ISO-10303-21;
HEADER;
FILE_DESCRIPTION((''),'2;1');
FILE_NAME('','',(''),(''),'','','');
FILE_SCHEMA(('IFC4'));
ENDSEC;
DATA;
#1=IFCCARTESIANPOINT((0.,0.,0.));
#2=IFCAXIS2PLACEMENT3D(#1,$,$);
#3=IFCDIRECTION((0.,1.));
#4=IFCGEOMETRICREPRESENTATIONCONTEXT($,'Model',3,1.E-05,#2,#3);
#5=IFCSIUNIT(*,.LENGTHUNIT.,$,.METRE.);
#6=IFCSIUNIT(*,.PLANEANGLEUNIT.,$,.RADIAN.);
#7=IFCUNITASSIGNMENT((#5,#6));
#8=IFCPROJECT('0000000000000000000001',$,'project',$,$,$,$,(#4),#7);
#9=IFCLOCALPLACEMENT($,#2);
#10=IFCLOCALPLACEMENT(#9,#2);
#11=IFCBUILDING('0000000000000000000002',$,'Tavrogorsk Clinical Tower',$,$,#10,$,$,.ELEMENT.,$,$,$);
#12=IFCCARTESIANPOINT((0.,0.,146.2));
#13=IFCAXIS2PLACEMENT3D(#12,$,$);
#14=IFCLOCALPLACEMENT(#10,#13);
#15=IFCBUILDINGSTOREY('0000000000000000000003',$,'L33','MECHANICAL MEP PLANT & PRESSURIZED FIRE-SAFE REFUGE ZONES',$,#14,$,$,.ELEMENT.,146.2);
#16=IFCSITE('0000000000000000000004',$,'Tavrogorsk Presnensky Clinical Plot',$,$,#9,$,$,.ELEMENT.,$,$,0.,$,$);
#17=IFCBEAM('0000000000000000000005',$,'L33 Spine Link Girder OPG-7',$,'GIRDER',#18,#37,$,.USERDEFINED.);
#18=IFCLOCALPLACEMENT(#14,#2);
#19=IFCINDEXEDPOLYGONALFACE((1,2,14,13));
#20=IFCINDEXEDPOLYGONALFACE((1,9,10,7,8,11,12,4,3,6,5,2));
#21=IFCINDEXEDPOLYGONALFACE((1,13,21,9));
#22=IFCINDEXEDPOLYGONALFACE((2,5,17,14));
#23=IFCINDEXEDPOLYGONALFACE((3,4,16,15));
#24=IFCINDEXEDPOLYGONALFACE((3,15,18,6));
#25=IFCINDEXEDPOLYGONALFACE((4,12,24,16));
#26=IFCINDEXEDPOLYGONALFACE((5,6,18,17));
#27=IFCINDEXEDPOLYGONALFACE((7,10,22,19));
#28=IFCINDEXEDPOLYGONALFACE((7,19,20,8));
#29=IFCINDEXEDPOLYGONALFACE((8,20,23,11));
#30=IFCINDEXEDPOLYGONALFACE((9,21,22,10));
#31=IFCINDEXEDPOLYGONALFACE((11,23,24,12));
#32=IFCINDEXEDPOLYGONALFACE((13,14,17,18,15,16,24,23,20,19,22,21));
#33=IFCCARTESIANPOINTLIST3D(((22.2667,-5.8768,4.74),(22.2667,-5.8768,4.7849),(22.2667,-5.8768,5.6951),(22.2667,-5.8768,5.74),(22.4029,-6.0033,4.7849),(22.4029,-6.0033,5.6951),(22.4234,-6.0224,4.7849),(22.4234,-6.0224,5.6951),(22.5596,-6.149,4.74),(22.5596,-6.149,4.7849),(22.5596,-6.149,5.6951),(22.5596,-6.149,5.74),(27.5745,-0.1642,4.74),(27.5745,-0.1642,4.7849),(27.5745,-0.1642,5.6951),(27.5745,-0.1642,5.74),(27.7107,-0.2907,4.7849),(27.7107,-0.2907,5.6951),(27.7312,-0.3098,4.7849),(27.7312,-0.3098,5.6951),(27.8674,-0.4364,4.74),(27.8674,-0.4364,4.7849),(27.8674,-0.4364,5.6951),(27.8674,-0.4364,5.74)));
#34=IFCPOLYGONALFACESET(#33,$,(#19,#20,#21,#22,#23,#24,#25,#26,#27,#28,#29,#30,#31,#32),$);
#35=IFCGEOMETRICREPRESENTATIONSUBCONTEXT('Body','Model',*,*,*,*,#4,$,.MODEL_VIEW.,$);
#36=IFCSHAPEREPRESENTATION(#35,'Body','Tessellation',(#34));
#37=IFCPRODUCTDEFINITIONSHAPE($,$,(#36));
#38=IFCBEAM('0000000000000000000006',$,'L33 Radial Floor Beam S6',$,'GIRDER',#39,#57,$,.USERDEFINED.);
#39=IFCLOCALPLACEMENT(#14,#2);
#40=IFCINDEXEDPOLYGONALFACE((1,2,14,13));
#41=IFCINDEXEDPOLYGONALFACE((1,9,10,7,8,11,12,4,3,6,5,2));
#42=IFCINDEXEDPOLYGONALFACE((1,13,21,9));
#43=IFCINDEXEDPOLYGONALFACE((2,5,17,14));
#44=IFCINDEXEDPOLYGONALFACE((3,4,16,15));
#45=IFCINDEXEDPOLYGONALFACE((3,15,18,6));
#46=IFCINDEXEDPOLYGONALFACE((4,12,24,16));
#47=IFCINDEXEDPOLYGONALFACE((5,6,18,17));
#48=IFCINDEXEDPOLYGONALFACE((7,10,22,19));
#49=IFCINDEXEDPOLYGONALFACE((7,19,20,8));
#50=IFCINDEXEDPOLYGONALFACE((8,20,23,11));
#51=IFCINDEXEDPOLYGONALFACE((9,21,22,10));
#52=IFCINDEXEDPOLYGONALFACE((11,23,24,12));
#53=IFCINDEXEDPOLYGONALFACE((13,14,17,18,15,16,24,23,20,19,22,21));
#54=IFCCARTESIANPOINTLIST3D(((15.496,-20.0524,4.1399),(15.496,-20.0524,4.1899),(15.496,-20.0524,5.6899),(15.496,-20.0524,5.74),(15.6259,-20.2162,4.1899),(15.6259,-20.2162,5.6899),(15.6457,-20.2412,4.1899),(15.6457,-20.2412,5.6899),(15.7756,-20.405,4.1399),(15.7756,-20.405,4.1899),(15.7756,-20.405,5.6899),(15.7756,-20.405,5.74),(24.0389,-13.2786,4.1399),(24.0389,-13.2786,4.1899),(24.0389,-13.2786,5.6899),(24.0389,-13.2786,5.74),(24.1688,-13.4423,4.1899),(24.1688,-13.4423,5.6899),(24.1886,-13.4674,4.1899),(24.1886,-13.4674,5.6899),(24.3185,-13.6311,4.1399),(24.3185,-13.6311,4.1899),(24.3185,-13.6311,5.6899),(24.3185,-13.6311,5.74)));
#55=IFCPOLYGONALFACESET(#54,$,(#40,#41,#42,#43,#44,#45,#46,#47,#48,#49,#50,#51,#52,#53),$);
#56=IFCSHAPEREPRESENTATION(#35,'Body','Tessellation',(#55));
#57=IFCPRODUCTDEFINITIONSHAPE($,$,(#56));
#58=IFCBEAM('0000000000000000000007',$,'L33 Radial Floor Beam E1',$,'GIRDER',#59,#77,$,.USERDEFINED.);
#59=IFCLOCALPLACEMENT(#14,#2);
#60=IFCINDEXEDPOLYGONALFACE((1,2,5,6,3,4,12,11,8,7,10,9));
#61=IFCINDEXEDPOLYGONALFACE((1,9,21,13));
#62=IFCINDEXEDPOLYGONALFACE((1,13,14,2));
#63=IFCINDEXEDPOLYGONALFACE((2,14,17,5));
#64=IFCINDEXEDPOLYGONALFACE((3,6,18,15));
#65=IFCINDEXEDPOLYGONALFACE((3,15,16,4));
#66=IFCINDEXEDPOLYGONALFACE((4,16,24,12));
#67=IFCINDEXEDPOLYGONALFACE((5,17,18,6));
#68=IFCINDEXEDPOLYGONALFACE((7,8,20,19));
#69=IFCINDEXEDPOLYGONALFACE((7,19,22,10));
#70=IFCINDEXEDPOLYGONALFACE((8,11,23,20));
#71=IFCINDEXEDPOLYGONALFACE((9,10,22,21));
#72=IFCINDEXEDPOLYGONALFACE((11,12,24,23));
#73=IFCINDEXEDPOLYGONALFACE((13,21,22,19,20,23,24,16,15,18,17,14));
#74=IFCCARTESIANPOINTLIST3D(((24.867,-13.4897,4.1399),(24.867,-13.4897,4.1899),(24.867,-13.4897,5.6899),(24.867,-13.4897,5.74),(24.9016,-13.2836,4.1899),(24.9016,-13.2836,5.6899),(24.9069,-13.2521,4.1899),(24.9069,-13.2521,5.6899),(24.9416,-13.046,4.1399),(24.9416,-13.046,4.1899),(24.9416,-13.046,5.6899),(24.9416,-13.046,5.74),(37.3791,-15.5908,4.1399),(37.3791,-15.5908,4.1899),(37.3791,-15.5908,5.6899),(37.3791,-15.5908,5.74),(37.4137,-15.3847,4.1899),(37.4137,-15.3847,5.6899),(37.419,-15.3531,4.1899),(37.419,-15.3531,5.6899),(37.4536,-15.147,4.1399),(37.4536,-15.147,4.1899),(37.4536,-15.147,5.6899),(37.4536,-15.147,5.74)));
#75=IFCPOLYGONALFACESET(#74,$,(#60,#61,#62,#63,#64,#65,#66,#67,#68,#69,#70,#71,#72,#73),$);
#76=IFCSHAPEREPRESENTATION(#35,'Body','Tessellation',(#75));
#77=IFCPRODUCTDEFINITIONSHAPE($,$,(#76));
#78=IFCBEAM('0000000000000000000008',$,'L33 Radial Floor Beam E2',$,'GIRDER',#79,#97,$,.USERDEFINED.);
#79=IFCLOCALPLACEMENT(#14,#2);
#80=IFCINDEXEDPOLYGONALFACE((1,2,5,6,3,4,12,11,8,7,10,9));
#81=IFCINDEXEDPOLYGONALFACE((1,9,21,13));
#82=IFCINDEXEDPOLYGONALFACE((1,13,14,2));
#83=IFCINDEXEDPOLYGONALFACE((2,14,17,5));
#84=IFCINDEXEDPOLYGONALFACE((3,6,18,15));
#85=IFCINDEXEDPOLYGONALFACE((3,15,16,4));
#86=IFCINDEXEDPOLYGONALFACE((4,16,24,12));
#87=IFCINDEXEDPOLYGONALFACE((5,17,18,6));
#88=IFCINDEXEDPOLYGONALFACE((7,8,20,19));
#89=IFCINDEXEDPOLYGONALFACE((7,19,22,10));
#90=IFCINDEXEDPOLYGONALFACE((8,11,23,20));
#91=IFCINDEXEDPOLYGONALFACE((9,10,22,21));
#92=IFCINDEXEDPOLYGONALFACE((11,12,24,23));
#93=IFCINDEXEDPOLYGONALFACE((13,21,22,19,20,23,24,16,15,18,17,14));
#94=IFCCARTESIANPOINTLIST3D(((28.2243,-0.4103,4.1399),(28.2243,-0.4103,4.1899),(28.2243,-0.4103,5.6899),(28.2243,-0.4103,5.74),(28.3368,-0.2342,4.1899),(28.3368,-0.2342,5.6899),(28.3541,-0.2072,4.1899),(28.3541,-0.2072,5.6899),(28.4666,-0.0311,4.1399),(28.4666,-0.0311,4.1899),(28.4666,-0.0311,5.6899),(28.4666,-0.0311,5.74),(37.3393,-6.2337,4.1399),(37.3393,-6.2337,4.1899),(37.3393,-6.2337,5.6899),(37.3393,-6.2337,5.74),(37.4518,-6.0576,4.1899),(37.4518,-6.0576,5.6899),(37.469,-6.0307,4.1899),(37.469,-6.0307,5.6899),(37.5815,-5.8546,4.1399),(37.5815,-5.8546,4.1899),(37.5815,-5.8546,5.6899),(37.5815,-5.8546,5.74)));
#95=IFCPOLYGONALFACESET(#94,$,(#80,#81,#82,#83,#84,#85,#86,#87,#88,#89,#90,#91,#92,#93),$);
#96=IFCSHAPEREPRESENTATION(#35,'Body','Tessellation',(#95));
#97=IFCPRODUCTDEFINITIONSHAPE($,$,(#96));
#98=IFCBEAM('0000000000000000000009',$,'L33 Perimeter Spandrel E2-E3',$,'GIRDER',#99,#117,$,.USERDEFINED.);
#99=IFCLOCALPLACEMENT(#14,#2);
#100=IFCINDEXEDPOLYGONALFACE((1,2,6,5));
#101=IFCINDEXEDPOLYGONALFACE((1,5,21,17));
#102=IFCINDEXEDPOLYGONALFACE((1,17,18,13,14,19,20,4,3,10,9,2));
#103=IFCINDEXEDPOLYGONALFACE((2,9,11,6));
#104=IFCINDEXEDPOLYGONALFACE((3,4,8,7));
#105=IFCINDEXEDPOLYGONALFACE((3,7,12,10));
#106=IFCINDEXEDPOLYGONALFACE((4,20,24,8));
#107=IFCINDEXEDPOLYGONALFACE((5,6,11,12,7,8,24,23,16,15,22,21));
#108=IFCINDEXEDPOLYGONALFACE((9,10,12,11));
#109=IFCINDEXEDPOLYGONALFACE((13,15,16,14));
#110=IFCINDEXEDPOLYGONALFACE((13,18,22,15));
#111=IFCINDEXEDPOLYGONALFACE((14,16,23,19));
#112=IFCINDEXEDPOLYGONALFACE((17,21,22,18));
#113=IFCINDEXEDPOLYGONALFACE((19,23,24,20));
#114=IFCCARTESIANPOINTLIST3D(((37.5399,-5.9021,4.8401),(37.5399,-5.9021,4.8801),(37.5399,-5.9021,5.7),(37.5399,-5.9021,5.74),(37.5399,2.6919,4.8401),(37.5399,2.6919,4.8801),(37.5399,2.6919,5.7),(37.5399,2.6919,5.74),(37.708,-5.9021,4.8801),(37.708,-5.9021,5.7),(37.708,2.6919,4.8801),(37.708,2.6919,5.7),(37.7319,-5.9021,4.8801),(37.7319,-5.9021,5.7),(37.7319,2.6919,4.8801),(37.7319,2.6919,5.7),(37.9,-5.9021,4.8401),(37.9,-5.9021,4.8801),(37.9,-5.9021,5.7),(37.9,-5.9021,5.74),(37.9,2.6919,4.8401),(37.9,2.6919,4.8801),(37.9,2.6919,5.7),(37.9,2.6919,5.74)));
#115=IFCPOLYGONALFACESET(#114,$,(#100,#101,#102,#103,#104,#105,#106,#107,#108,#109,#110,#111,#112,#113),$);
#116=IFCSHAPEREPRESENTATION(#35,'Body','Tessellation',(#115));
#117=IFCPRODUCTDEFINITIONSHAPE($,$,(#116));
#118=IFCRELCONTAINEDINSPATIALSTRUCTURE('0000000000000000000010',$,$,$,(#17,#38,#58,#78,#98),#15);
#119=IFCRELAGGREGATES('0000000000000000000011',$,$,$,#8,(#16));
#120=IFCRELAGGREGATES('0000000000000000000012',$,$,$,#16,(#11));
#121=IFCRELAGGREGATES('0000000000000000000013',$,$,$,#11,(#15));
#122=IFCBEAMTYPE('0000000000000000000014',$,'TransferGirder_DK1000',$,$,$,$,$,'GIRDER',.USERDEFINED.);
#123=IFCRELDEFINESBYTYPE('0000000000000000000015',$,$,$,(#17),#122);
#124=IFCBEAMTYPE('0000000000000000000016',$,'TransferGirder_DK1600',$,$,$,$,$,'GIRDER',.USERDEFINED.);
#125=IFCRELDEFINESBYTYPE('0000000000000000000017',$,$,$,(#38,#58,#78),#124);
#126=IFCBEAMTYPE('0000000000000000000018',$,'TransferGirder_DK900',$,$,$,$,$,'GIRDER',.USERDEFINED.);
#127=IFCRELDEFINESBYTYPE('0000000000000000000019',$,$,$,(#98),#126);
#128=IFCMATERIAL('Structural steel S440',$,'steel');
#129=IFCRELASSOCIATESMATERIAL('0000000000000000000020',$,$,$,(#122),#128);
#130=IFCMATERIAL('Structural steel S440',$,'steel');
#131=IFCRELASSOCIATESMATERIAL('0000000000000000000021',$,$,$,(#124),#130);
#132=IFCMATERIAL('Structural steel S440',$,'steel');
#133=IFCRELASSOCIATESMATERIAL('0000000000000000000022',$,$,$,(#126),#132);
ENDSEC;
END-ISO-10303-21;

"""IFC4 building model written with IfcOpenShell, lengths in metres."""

from ifc_helpers import new_model, si_unit, direction, frame, origin, origin_2d, place, context, subcontext, project, spatial, i_section, extrude, material, material_profile, profile_set, type_object, element, save


model = new_model("IFC4")

# Units and contexts
model_context = context("Model", 3, precision=1e-05, world=origin(), true_north=direction((0.0, 1.0)))
body_context = subcontext(model_context, "Body", "Model", "MODEL_VIEW")
ifc_project = project(units=[si_unit("LENGTHUNIT", "METRE"), si_unit("PLANEANGLEUNIT", "RADIAN")], contexts=[model_context])

# Site, building, storey
site_placement = place(None, origin())
site = spatial("IfcSite", under=ifc_project, at=site_placement, Name="Tavrogorsk Presnensky Clinical Plot", CompositionType="ELEMENT", RefElevation=0.0)
building_placement = place(site_placement, origin())
building = spatial("IfcBuilding", under=site, at=building_placement, Name="Tavrogorsk Clinical Tower", CompositionType="ELEMENT")
storey_placement = place(building_placement, frame((0.0, 0.0, 146.2)))
storey = spatial("IfcBuildingStorey", under=building, at=storey_placement, Name="L33", Description="MECHANICAL MEP PLANT & PRESSURIZED FIRE-SAFE REFUGE ZONES", CompositionType="ELEMENT", Elevation=146.2)

# Beams
ifc_material_1 = material(Name="Structural steel S440", Category="steel")
ifc_material_profile_1 = material_profile(ifc_material_1, i_section(OverallWidth=0.3999, OverallDepth=1.0, WebThickness=0.0281, FlangeThickness=0.0449, at=origin_2d()), Name="DK-1000x400x28x45")
ifc_profile_set_1 = profile_set([ifc_material_profile_1], Name="Structural steel S440")
beam_type_1 = type_object("IfcBeamType", Name="TransferGirder_DK1000", ElementType="GIRDER", PredefinedType="USERDEFINED", material=ifc_profile_set_1)
beam_1_placement = place(storey_placement, frame((27.7209, -0.3003, 5.24), z_axis=(-0.680676, -0.732585, 0.0), x_axis=(0.732585, -0.680676, 0.0)))
element("IfcBeam", 1, at=beam_1_placement, inside=storey, type_object=beam_type_1, Name="L33 Spine Link Girder OPG-7", ObjectType="GIRDER", PredefinedType="USERDEFINED", context=body_context, shape_type="SweptSolid", body=[
    extrude(i_section(OverallWidth=0.3999, OverallDepth=1.0, WebThickness=0.0281, FlangeThickness=0.0449, at=origin_2d()), origin(), (0.0, 0.0, 1.0), 7.7979),
])
ifc_material_2 = material(Name="Structural steel S440", Category="steel")
ifc_material_profile_2 = material_profile(ifc_material_2, i_section(OverallWidth=0.45, OverallDepth=1.6001, WebThickness=0.032, FlangeThickness=0.05, at=origin_2d()), Name="DK-1600x450x32x50")
ifc_profile_set_2 = profile_set([ifc_material_profile_2], Name="Structural steel S440")
beam_type_2 = type_object("IfcBeamType", Name="TransferGirder_DK1600", ElementType="GIRDER", PredefinedType="USERDEFINED", material=ifc_profile_set_2)
beam_2_placement = place(storey_placement, frame((24.1787, -13.4548, 4.9399), z_axis=(-0.783566, -0.621308, 0.0), x_axis=(0.621308, -0.783566, 0.0)))
element("IfcBeam", 2, at=beam_2_placement, inside=storey, type_object=beam_type_2, Name="L33 Radial Floor Beam S6", ObjectType="GIRDER", PredefinedType="USERDEFINED", context=body_context, shape_type="SweptSolid", body=[
    extrude(i_section(OverallWidth=0.45, OverallDepth=1.6001, WebThickness=0.032, FlangeThickness=0.05, at=origin_2d()), origin(), (0.0, 0.0, 1.0), 10.9026),
])
beam_3_placement = place(storey_placement, frame((24.9043, -13.2678, 4.9399), z_axis=(0.986192, -0.165607, 0.0), x_axis=(0.165607, 0.986192, 0.0)))
element("IfcBeam", 3, at=beam_3_placement, inside=storey, type_object=beam_type_2, Name="L33 Radial Floor Beam E1", ObjectType="GIRDER", PredefinedType="USERDEFINED", context=body_context, shape_type="SweptSolid", body=[
    extrude(i_section(OverallWidth=0.45, OverallDepth=1.6001, WebThickness=0.032, FlangeThickness=0.05, at=origin_2d()), origin(), (0.0, 0.0, 1.0), 12.6873),
])
beam_4_placement = place(storey_placement, frame((28.3455, -0.2207, 4.9399), z_axis=(0.842695, -0.538391, 0.0), x_axis=(0.538391, 0.842695, 0.0)))
element("IfcBeam", 4, at=beam_4_placement, inside=storey, type_object=beam_type_2, Name="L33 Radial Floor Beam E2", ObjectType="GIRDER", PredefinedType="USERDEFINED", context=body_context, shape_type="SweptSolid", body=[
    extrude(i_section(OverallWidth=0.45, OverallDepth=1.6001, WebThickness=0.032, FlangeThickness=0.05, at=origin_2d()), origin(), (0.0, 0.0, 1.0), 10.8164),
])
ifc_material_3 = material(Name="Structural steel S440", Category="steel")
ifc_material_profile_3 = material_profile(ifc_material_3, i_section(OverallWidth=0.3601, OverallDepth=0.8999, WebThickness=0.0239, FlangeThickness=0.04, at=origin_2d()), Name="DK-900x360x24x40")
ifc_profile_set_3 = profile_set([ifc_material_profile_3], Name="Structural steel S440")
beam_type_3 = type_object("IfcBeamType", Name="TransferGirder_DK900", ElementType="GIRDER", PredefinedType="USERDEFINED", material=ifc_profile_set_3)
beam_5_placement = place(storey_placement, frame((37.72, -5.9021, 5.29), z_axis=(0.0, 1.0, 0.0), x_axis=(-1.0, 0.0, 0.0)))
element("IfcBeam", 5, at=beam_5_placement, inside=storey, type_object=beam_type_3, Name="L33 Perimeter Spandrel E2-E3", ObjectType="GIRDER", PredefinedType="USERDEFINED", context=body_context, shape_type="SweptSolid", body=[
    extrude(i_section(OverallWidth=0.3601, OverallDepth=0.8999, WebThickness=0.0239, FlangeThickness=0.04, at=origin_2d()), origin(), (0.0, 0.0, 1.0), 8.594),
])

save(model, "model.ifc")
